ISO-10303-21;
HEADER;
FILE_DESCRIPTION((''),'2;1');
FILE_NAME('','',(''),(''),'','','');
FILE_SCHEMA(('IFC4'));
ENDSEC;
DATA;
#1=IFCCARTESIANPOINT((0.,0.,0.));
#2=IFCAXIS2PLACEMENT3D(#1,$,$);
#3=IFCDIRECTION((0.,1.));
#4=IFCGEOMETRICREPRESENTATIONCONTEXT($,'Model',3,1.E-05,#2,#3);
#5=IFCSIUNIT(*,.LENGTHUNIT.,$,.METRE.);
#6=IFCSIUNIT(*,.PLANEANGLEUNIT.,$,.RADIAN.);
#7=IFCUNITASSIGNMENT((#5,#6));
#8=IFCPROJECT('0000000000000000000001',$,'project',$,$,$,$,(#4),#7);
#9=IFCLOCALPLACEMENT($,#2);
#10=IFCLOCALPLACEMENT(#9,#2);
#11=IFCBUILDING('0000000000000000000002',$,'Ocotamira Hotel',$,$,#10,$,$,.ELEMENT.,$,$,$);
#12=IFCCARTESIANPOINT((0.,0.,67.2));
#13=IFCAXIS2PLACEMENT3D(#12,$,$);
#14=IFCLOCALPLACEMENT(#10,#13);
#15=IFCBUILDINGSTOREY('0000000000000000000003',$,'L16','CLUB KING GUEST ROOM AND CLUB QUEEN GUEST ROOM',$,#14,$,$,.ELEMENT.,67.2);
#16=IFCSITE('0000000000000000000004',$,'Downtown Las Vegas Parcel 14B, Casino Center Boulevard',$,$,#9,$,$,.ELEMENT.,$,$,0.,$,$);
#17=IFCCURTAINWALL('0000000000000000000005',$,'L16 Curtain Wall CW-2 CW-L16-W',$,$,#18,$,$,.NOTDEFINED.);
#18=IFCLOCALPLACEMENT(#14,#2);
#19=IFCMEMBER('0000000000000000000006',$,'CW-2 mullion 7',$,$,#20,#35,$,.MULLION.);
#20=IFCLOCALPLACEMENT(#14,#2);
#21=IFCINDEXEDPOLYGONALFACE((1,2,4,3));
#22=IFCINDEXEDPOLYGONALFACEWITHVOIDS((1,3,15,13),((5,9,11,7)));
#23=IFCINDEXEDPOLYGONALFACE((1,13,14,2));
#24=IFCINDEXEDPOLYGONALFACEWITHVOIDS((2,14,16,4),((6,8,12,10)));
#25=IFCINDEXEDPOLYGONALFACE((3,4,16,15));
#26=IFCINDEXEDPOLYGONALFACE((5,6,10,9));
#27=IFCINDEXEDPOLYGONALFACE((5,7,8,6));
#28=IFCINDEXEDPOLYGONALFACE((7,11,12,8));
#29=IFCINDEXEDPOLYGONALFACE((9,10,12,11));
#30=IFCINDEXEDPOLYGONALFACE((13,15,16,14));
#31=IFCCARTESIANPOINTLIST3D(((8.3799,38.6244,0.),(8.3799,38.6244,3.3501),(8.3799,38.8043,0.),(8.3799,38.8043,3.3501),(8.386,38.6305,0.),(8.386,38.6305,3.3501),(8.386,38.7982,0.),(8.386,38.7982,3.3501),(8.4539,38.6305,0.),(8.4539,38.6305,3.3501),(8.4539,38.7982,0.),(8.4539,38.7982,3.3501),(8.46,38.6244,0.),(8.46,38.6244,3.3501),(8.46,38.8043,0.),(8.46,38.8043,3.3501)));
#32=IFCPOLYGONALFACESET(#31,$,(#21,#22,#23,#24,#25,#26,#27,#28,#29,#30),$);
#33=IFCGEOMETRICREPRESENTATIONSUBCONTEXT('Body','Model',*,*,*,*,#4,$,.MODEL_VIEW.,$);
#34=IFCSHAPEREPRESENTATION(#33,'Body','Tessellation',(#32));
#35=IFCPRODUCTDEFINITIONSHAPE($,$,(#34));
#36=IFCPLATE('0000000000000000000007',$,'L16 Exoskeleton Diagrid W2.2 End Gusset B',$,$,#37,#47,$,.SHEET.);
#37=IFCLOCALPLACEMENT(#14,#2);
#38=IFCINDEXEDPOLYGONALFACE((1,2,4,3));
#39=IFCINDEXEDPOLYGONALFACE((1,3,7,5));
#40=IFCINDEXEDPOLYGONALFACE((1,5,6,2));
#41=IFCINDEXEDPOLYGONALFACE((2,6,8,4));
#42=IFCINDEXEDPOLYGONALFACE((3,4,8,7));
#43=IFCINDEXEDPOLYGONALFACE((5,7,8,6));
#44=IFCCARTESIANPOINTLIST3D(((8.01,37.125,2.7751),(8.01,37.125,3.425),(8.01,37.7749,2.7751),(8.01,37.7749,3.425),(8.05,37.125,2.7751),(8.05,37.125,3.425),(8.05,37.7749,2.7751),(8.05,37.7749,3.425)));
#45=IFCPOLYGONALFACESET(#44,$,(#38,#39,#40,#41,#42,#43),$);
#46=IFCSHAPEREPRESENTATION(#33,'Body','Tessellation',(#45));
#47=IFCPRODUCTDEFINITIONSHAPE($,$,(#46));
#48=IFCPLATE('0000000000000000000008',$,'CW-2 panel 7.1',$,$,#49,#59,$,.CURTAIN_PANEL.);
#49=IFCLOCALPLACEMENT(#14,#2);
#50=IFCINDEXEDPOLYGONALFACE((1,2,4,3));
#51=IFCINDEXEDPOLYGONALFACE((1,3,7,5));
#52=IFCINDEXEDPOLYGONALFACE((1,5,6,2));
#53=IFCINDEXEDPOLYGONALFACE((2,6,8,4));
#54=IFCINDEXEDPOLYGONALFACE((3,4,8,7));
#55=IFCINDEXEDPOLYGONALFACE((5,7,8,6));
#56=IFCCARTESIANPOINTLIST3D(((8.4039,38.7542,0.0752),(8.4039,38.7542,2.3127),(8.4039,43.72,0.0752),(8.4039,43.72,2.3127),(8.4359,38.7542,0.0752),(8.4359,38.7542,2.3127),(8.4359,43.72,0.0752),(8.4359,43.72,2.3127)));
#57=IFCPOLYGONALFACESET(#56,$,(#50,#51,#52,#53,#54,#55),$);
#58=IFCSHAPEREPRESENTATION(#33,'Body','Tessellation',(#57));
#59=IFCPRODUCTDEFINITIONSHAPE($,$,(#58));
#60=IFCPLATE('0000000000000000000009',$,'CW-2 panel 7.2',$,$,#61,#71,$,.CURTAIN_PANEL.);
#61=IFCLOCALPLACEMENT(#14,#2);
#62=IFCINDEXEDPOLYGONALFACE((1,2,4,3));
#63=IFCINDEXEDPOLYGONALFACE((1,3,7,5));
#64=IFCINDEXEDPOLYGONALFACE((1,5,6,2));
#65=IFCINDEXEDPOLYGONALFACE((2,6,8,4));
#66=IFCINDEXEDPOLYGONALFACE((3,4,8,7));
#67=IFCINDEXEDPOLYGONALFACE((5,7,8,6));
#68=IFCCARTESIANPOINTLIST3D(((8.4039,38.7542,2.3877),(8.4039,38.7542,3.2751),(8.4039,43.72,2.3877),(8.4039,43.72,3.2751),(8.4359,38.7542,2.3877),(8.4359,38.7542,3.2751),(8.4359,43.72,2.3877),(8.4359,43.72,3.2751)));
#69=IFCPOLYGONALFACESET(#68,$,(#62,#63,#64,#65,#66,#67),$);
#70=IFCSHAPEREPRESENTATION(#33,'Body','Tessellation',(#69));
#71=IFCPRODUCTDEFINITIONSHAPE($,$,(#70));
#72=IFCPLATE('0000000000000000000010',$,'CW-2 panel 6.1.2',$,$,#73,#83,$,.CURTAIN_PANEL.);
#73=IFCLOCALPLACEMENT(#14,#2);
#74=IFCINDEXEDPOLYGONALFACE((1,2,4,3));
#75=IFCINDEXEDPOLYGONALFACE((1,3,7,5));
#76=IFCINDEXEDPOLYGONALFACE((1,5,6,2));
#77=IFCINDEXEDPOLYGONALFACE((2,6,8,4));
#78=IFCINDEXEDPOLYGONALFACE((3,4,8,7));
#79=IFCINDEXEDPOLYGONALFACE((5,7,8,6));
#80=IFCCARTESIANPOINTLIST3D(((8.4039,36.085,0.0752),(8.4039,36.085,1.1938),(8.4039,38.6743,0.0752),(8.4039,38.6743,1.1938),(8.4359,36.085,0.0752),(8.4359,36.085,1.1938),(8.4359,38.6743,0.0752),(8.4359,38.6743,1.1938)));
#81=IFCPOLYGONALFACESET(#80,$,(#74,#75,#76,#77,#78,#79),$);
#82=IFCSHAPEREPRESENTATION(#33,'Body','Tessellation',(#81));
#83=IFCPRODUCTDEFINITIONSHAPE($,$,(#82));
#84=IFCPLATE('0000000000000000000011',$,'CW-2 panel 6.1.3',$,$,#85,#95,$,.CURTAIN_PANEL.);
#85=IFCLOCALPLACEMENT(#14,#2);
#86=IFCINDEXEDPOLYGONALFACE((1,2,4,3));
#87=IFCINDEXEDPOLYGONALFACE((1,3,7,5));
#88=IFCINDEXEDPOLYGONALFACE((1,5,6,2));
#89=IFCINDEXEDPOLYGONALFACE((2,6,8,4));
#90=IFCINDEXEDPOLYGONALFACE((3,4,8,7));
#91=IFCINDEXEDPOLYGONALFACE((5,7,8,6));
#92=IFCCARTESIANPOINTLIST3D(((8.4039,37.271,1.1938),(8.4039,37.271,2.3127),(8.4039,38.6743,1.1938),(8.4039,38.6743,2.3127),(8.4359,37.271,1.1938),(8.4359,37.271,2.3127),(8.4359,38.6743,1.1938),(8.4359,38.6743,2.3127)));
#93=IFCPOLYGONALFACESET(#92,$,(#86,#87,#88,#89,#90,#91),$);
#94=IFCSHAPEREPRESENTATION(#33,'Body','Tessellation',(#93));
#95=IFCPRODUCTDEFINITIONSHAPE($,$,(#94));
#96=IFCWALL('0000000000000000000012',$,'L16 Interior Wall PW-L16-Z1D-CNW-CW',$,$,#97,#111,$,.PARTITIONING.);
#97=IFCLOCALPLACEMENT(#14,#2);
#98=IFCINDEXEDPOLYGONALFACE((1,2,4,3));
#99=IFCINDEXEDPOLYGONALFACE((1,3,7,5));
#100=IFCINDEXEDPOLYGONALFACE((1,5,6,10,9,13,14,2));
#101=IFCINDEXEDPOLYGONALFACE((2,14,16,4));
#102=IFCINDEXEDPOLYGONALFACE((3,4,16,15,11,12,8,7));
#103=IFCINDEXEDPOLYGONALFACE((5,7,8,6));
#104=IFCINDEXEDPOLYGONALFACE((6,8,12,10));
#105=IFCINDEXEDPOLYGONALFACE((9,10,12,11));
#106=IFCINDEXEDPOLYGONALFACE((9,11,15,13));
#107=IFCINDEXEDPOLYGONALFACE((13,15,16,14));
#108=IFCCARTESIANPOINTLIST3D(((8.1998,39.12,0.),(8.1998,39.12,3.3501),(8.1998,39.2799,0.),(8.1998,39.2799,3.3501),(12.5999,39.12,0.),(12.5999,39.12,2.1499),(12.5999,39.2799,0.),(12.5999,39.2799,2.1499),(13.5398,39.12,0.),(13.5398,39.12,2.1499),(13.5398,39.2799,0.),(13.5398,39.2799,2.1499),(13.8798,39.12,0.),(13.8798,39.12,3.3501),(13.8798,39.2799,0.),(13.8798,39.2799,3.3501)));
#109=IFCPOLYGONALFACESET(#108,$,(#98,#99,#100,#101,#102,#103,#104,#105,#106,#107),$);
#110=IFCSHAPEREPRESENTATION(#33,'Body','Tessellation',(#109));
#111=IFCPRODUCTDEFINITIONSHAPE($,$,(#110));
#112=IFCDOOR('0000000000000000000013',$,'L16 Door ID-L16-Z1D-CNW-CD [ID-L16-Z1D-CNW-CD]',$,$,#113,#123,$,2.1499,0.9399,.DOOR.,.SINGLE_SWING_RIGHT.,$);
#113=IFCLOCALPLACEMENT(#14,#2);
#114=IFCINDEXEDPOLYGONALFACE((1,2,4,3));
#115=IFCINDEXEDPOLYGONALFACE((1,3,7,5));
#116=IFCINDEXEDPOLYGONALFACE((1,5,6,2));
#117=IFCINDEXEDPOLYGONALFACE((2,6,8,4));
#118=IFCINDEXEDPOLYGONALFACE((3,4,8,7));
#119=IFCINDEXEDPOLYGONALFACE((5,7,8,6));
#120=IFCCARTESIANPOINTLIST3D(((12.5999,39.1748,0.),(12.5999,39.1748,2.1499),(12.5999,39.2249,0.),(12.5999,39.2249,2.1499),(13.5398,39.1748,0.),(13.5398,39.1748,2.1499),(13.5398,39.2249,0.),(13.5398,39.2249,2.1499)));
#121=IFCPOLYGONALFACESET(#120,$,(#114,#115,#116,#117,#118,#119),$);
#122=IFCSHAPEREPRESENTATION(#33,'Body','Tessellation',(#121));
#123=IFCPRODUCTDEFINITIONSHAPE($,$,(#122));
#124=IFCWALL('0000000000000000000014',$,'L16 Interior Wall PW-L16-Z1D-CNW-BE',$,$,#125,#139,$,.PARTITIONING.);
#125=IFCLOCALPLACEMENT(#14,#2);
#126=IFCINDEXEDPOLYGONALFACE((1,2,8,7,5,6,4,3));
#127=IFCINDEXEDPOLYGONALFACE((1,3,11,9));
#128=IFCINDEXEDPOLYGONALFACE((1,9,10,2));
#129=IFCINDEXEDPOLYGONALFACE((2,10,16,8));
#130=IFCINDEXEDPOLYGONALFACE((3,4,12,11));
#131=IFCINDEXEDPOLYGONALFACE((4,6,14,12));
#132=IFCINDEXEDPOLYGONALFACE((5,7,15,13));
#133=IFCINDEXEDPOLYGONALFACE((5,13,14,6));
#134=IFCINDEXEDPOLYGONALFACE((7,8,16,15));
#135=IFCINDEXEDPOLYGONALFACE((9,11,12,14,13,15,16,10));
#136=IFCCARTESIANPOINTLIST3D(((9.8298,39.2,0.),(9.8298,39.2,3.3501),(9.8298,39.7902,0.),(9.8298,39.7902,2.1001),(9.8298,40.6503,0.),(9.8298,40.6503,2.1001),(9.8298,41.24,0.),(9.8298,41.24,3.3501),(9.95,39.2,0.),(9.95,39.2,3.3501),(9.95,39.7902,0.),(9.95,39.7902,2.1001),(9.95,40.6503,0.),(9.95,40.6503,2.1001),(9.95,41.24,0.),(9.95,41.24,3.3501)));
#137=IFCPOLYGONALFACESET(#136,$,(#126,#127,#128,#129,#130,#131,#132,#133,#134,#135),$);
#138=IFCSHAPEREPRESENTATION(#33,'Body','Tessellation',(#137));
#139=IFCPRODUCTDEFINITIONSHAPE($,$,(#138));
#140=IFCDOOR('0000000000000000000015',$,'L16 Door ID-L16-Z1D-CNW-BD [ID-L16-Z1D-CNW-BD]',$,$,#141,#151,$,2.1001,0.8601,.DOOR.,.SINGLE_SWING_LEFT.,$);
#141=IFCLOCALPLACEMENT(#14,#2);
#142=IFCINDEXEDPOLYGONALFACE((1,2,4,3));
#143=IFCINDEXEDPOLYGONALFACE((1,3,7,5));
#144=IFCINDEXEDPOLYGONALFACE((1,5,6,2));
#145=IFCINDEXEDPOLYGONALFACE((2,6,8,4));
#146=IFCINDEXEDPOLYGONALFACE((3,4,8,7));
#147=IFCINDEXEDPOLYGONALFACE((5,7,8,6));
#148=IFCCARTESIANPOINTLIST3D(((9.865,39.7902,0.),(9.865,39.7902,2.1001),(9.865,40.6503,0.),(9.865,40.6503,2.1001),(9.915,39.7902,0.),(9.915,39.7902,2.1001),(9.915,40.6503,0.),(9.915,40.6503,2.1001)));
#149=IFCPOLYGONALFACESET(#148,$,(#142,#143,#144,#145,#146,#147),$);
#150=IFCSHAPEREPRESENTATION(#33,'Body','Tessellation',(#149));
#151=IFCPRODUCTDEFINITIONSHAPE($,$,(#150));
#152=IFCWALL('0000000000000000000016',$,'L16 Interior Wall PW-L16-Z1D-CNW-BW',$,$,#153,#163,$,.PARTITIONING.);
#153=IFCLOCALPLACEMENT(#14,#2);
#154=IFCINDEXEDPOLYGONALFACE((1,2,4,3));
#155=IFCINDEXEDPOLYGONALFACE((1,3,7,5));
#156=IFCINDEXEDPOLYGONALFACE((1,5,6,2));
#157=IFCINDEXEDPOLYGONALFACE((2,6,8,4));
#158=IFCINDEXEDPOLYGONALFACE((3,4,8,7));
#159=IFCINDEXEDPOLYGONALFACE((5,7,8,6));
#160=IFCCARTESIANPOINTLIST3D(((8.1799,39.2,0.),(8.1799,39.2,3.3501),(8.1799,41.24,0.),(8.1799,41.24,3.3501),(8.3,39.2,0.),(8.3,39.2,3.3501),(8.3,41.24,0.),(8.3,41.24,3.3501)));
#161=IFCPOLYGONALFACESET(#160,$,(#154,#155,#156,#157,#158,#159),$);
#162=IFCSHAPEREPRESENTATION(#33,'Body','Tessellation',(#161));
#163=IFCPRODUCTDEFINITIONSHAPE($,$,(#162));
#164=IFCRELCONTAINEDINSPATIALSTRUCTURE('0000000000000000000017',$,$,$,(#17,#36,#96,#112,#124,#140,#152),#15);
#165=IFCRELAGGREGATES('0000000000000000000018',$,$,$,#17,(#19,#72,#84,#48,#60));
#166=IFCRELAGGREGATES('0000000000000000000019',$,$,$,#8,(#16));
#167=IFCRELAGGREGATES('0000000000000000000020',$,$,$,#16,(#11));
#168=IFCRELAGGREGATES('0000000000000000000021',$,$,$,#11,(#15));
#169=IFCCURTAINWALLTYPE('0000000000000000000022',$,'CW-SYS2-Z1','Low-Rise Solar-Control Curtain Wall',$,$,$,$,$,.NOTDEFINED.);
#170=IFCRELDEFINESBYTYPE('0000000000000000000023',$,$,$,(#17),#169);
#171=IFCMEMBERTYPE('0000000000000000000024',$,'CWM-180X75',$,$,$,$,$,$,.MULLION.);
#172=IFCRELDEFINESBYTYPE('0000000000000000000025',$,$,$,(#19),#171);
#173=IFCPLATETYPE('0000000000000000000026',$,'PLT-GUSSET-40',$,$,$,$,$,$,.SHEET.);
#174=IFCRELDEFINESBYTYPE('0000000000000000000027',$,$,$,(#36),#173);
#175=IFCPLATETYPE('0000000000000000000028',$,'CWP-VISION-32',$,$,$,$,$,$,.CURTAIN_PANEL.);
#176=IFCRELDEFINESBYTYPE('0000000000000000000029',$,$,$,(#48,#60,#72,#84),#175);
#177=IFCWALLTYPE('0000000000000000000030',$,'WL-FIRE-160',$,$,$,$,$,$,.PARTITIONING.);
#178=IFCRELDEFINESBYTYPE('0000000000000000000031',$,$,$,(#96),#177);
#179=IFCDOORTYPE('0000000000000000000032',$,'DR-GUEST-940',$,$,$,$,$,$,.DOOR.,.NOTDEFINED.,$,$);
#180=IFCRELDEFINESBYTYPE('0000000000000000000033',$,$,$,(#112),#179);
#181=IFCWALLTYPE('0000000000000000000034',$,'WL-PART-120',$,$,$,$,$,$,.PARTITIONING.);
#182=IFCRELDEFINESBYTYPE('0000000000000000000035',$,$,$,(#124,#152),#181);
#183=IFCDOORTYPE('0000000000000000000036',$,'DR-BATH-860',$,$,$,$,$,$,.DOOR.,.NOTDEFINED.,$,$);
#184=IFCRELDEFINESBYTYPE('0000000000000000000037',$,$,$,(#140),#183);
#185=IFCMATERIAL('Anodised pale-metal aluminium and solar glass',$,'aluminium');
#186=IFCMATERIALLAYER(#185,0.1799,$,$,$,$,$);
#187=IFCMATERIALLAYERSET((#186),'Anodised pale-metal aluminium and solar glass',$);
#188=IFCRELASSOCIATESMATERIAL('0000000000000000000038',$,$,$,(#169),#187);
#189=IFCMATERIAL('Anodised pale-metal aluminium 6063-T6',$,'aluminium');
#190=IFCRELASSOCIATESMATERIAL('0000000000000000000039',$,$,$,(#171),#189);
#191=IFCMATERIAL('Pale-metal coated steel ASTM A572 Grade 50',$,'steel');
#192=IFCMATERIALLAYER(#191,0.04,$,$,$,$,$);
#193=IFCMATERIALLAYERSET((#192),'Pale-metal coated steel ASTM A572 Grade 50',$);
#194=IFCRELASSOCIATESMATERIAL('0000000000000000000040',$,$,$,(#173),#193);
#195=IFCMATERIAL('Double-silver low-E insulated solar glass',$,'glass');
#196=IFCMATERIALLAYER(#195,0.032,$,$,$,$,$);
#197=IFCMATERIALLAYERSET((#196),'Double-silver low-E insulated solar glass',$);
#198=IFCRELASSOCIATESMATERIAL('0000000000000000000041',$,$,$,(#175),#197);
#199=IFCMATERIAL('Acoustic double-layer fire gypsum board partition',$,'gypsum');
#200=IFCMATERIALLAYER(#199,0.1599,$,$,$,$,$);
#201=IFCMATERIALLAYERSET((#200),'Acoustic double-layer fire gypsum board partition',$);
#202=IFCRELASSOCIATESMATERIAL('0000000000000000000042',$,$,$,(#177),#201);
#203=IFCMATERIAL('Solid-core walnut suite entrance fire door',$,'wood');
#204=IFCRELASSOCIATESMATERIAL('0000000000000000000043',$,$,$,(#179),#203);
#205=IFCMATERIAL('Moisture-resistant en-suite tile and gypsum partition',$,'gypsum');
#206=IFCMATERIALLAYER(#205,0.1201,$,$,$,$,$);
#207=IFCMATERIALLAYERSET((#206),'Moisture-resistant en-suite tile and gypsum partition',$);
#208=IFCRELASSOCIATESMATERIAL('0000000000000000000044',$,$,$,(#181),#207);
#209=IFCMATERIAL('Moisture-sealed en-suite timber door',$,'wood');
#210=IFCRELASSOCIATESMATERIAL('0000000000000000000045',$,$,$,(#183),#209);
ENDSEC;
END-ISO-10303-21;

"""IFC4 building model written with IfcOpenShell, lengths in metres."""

from ifc_helpers import new_model, si_unit, direction, frame, frame_2d, origin, origin_2d, place, context, subcontext, project, spatial, rectangle, hollow_rectangle, extrude, source, transform, mapped, material, layer, layer_set, material_profile, profile_set, type_object, element, fill, aggregate, save


model = new_model("IFC4")

# Units and contexts
model_context = context("Model", 3, precision=1e-05, world=origin(), true_north=direction((0.0, 1.0)))
body_context = subcontext(model_context, "Body", "Model", "MODEL_VIEW")
ifc_project = project(units=[si_unit("LENGTHUNIT", "METRE"), si_unit("PLANEANGLEUNIT", "RADIAN")], contexts=[model_context])

# Site, building, storey
site_placement = place(None, origin())
site = spatial("IfcSite", under=ifc_project, at=site_placement, Name="Downtown Las Vegas Parcel 14B, Casino Center Boulevard", CompositionType="ELEMENT", RefElevation=0.0)
building_placement = place(site_placement, origin())
building = spatial("IfcBuilding", under=site, at=building_placement, Name="Ocotamira Hotel", CompositionType="ELEMENT")
storey_placement = place(building_placement, frame((0.0, 0.0, 67.2)))
storey = spatial("IfcBuildingStorey", under=building, at=storey_placement, Name="L16", Description="CLUB KING GUEST ROOM AND CLUB QUEEN GUEST ROOM", CompositionType="ELEMENT", Elevation=67.2)

# Curtain wall, member
ifc_material_1 = material(Name="Anodised pale-metal aluminium and solar glass", Category="aluminium")
ifc_layer_1 = layer(ifc_material_1, 0.1799)
ifc_layer_set_1 = layer_set([ifc_layer_1], Name="Anodised pale-metal aluminium and solar glass")
curtain_wall_type = type_object("IfcCurtainWallType", Name="CW-SYS2-Z1", Description="Low-Rise Solar-Control Curtain Wall", PredefinedType="NOTDEFINED", material=ifc_layer_set_1)
curtain_wall_placement = place(storey_placement, origin())
curtain_wall = element("IfcCurtainWall", 1, at=curtain_wall_placement, inside=storey, type_object=curtain_wall_type, Name="L16 Curtain Wall CW-2 CW-L16-W", PredefinedType="NOTDEFINED")
ifc_material_2 = material(Name="Anodised pale-metal aluminium 6063-T6", Category="aluminium")
ifc_material_profile_1 = material_profile(ifc_material_2, hollow_rectangle(XDim=0.0801, YDim=0.1799, WallThickness=0.0061, at=origin_2d()), Name="HSS180X80X6")
ifc_profile_set_1 = profile_set([ifc_material_profile_1], Name="Anodised pale-metal aluminium 6063-T6")
member_type_1 = type_object("IfcMemberType", Name="CWM-180X75", PredefinedType="MULLION", material=ifc_profile_set_1)
shared_shape_1 = source(origin(), body_context, "Body", "SweptSolid", [
    extrude(hollow_rectangle(XDim=0.0801, YDim=0.1799, WallThickness=0.0061, at=origin_2d()), origin(), (0.0, 0.0, 1.0), 3.3501),
])
member_1_placement = place(storey_placement, frame((8.4199, 38.7144, 0.0), z_axis=(0.0, 0.0, 1.0), x_axis=(-1.0, 0.0, 0.0)))
member_1 = element("IfcMember", 2, at=member_1_placement, type_object=member_type_1, Name="CW-2 mullion 7", PredefinedType="MULLION", context=body_context, shape_type="MappedRepresentation", body=[
    mapped(shared_shape_1, transform((0.0, 0.0, 0.0), scale=1.0)),
])

# Plates
ifc_material_3 = material(Name="Pale-metal coated steel ASTM A572 Grade 50", Category="steel")
ifc_layer_2 = layer(ifc_material_3, 0.04)
ifc_layer_set_2 = layer_set([ifc_layer_2], Name="Pale-metal coated steel ASTM A572 Grade 50")
plate_type_1 = type_object("IfcPlateType", Name="PLT-GUSSET-40", PredefinedType="SHEET", material=ifc_layer_set_2)
shared_shape_2 = source(origin(), body_context, "Body", "SweptSolid", [
    extrude(rectangle(XDim=0.04, YDim=0.6499, at=origin_2d()), origin(), (0.0, 0.0, 1.0), 0.6499),
])
plate_1_placement = place(storey_placement, frame((8.03, 37.45, 2.7751), z_axis=(0.0, 0.0, 1.0), x_axis=(1.0, 0.0, 0.0)))
element("IfcPlate", 3, at=plate_1_placement, inside=storey, type_object=plate_type_1, Name="L16 Exoskeleton Diagrid W2.2 End Gusset B", PredefinedType="SHEET", context=body_context, shape_type="MappedRepresentation", body=[
    mapped(shared_shape_2, transform((0.0, 0.0, 0.0), scale=1.0)),
])
ifc_material_4 = material(Name="Double-silver low-E insulated solar glass", Category="glass")
ifc_layer_3 = layer(ifc_material_4, 0.032)
ifc_layer_set_3 = layer_set([ifc_layer_3], Name="Double-silver low-E insulated solar glass")
plate_type_2 = type_object("IfcPlateType", Name="CWP-VISION-32", PredefinedType="CURTAIN_PANEL", material=ifc_layer_set_3)
shared_shape_3 = source(origin(), body_context, "Body", "SweptSolid", [
    extrude(rectangle(XDim=4.9658, YDim=0.032, at=origin_2d()), origin(), (0.0, 0.0, 1.0), 2.2375),
])
plate_2_placement = place(storey_placement, frame((8.4199, 41.2371, 0.0752), z_axis=(0.0, 0.0, 1.0), x_axis=(0.0, 1.0, 0.0)))
plate_2 = element("IfcPlate", 4, at=plate_2_placement, type_object=plate_type_2, Name="CW-2 panel 7.1", PredefinedType="CURTAIN_PANEL", context=body_context, shape_type="MappedRepresentation", body=[
    mapped(shared_shape_3, transform((0.0, 0.0, 0.0), scale=1.0)),
])
shared_shape_4 = source(origin(), body_context, "Body", "SweptSolid", [
    extrude(rectangle(XDim=4.9658, YDim=0.032, at=origin_2d()), origin(), (0.0, 0.0, 1.0), 0.8875),
])
plate_3_placement = place(storey_placement, frame((8.4199, 41.2371, 2.3877), z_axis=(0.0, 0.0, 1.0), x_axis=(0.0, 1.0, 0.0)))
plate_3 = element("IfcPlate", 5, at=plate_3_placement, type_object=plate_type_2, Name="CW-2 panel 7.2", PredefinedType="CURTAIN_PANEL", context=body_context, shape_type="MappedRepresentation", body=[
    mapped(shared_shape_4, transform((0.0, 0.0, 0.0), scale=1.0)),
])
shared_shape_5 = source(origin(), body_context, "Body", "SweptSolid", [
    extrude(rectangle(XDim=2.5894, YDim=0.032, at=origin_2d()), origin(), (0.0, 0.0, 1.0), 1.1187),
])
plate_4_placement = place(storey_placement, frame((8.4199, 37.3796, 0.0752), z_axis=(0.0, 0.0, 1.0), x_axis=(0.0, 1.0, 0.0)))
plate_4 = element("IfcPlate", 6, at=plate_4_placement, type_object=plate_type_2, Name="CW-2 panel 6.1.2", PredefinedType="CURTAIN_PANEL", context=body_context, shape_type="MappedRepresentation", body=[
    mapped(shared_shape_5, transform((0.0, 0.0, 0.0), scale=1.0)),
])
shared_shape_6 = source(origin(), body_context, "Body", "SweptSolid", [
    extrude(rectangle(XDim=1.4033, YDim=0.032, at=origin_2d()), origin(), (0.0, 0.0, 1.0), 1.1189),
])
plate_5_placement = place(storey_placement, frame((8.4199, 37.9727, 1.1938), z_axis=(0.0, 0.0, 1.0), x_axis=(0.0, 1.0, 0.0)))
plate_5 = element("IfcPlate", 7, at=plate_5_placement, type_object=plate_type_2, Name="CW-2 panel 6.1.3", PredefinedType="CURTAIN_PANEL", context=body_context, shape_type="MappedRepresentation", body=[
    mapped(shared_shape_6, transform((0.0, 0.0, 0.0), scale=1.0)),
])
aggregate(curtain_wall, [member_1, plate_4, plate_5, plate_2, plate_3])

# Wall, opening, door
ifc_material_5 = material(Name="Acoustic double-layer fire gypsum board partition", Category="gypsum")
ifc_layer_4 = layer(ifc_material_5, 0.1599)
ifc_layer_set_4 = layer_set([ifc_layer_4], Name="Acoustic double-layer fire gypsum board partition")
wall_type_1 = type_object("IfcWallType", Name="WL-FIRE-160", PredefinedType="PARTITIONING", material=ifc_layer_set_4)
wall_1_placement = place(storey_placement, frame((8.2, 39.2, 0.0), z_axis=(0.0, 0.0, 1.0), x_axis=(1.0, 0.0, 0.0)))
wall_1 = element("IfcWall", 8, at=wall_1_placement, inside=storey, type_object=wall_type_1, Name="L16 Interior Wall PW-L16-Z1D-CNW-CW", PredefinedType="PARTITIONING", context=body_context, shape_type="SweptSolid", body=[
    extrude(rectangle(XDim=5.6799, YDim=0.1599, at=frame_2d((2.8398, 0.0))), origin(), (0.0, 0.0, 1.0), 3.3501),
])
opening_1_placement = place(wall_1_placement, frame((4.3999, 0.0, 0.0)))
opening_1 = element("IfcOpeningElement", 9, at=opening_1_placement, cuts=wall_1, PredefinedType="OPENING", context=body_context, shape_type="SweptSolid", body=[
    extrude(rectangle(XDim=0.9399, YDim=2.1499, at=frame_2d((0.47, 1.075))), frame((0.0, 0.0898, 0.0), z_axis=(0.0, -1.0, 0.0), x_axis=(1.0, 0.0, 0.0)), (0.0, 0.0, 1.0), 0.1799),
])
ifc_material_6 = material(Name="Solid-core walnut suite entrance fire door", Category="wood")
door_type_1 = type_object("IfcDoorType", Name="DR-GUEST-940", OperationType="NOTDEFINED", PredefinedType="DOOR", material=ifc_material_6)
shared_shape_7 = source(origin(), body_context, "Body", "SweptSolid", [
    extrude(rectangle(XDim=0.9399, YDim=2.1499, at=frame_2d((0.47, 1.075))), frame((0.0, 0.0249, 0.0), z_axis=(0.0, -1.0, 0.0), x_axis=(1.0, 0.0, 0.0)), (0.0, 0.0, 1.0), 0.05),
])
door_1_placement = place(opening_1_placement, origin())
door_1 = element("IfcDoor", 10, at=door_1_placement, inside=storey, type_object=door_type_1, Name="L16 Door ID-L16-Z1D-CNW-CD [ID-L16-Z1D-CNW-CD]", OperationType="SINGLE_SWING_RIGHT", OverallHeight=2.1499, OverallWidth=0.9399, PredefinedType="DOOR", context=body_context, shape_type="MappedRepresentation", body=[
    mapped(shared_shape_7, transform((0.0, 0.0, 0.0), scale=1.0)),
])
fill(opening_1, door_1)

# Wall, opening, door
ifc_material_7 = material(Name="Moisture-resistant en-suite tile and gypsum partition", Category="gypsum")
ifc_layer_5 = layer(ifc_material_7, 0.1201)
ifc_layer_set_5 = layer_set([ifc_layer_5], Name="Moisture-resistant en-suite tile and gypsum partition")
wall_type_2 = type_object("IfcWallType", Name="WL-PART-120", PredefinedType="PARTITIONING", material=ifc_layer_set_5)
wall_2_placement = place(storey_placement, frame((9.8899, 39.2, 0.0), z_axis=(0.0, 0.0, 1.0), x_axis=(0.0, 1.0, 0.0)))
wall_2 = element("IfcWall", 11, at=wall_2_placement, inside=storey, type_object=wall_type_2, Name="L16 Interior Wall PW-L16-Z1D-CNW-BE", PredefinedType="PARTITIONING", context=body_context, shape_type="SweptSolid", body=[
    extrude(rectangle(XDim=2.04, YDim=0.1201, at=frame_2d((1.02, 0.0))), origin(), (0.0, 0.0, 1.0), 3.3501),
])
opening_2_placement = place(wall_2_placement, frame((0.5901, 0.0, 0.0)))
opening_2 = element("IfcOpeningElement", 12, at=opening_2_placement, cuts=wall_2, PredefinedType="OPENING", context=body_context, shape_type="SweptSolid", body=[
    extrude(rectangle(XDim=0.8601, YDim=2.1001, at=frame_2d((0.4302, 1.05))), frame((0.0, 0.0701, 0.0), z_axis=(0.0, -1.0, 0.0), x_axis=(1.0, 0.0, 0.0)), (0.0, 0.0, 1.0), 0.1401),
])
ifc_material_8 = material(Name="Moisture-sealed en-suite timber door", Category="wood")
door_type_2 = type_object("IfcDoorType", Name="DR-BATH-860", OperationType="NOTDEFINED", PredefinedType="DOOR", material=ifc_material_8)
shared_shape_8 = source(origin(), body_context, "Body", "SweptSolid", [
    extrude(rectangle(XDim=0.8601, YDim=2.1001, at=frame_2d((0.4302, 1.05))), frame((0.0, 0.0249, 0.0), z_axis=(0.0, -1.0, 0.0), x_axis=(1.0, 0.0, 0.0)), (0.0, 0.0, 1.0), 0.05),
])
door_2_placement = place(opening_2_placement, origin())
door_2 = element("IfcDoor", 13, at=door_2_placement, inside=storey, type_object=door_type_2, Name="L16 Door ID-L16-Z1D-CNW-BD [ID-L16-Z1D-CNW-BD]", OperationType="SINGLE_SWING_LEFT", OverallHeight=2.1001, OverallWidth=0.8601, PredefinedType="DOOR", context=body_context, shape_type="MappedRepresentation", body=[
    mapped(shared_shape_8, transform((0.0, 0.0, 0.0), scale=1.0)),
])
fill(opening_2, door_2)

# Wall
wall_3_placement = place(storey_placement, frame((8.24, 39.2, 0.0), z_axis=(0.0, 0.0, 1.0), x_axis=(0.0, 1.0, 0.0)))
element("IfcWall", 14, at=wall_3_placement, inside=storey, type_object=wall_type_2, Name="L16 Interior Wall PW-L16-Z1D-CNW-BW", PredefinedType="PARTITIONING", context=body_context, shape_type="SweptSolid", body=[
    extrude(rectangle(XDim=2.04, YDim=0.1201, at=frame_2d((1.02, 0.0))), origin(), (0.0, 0.0, 1.0), 3.3501),
])

save(model, "model.ifc")
